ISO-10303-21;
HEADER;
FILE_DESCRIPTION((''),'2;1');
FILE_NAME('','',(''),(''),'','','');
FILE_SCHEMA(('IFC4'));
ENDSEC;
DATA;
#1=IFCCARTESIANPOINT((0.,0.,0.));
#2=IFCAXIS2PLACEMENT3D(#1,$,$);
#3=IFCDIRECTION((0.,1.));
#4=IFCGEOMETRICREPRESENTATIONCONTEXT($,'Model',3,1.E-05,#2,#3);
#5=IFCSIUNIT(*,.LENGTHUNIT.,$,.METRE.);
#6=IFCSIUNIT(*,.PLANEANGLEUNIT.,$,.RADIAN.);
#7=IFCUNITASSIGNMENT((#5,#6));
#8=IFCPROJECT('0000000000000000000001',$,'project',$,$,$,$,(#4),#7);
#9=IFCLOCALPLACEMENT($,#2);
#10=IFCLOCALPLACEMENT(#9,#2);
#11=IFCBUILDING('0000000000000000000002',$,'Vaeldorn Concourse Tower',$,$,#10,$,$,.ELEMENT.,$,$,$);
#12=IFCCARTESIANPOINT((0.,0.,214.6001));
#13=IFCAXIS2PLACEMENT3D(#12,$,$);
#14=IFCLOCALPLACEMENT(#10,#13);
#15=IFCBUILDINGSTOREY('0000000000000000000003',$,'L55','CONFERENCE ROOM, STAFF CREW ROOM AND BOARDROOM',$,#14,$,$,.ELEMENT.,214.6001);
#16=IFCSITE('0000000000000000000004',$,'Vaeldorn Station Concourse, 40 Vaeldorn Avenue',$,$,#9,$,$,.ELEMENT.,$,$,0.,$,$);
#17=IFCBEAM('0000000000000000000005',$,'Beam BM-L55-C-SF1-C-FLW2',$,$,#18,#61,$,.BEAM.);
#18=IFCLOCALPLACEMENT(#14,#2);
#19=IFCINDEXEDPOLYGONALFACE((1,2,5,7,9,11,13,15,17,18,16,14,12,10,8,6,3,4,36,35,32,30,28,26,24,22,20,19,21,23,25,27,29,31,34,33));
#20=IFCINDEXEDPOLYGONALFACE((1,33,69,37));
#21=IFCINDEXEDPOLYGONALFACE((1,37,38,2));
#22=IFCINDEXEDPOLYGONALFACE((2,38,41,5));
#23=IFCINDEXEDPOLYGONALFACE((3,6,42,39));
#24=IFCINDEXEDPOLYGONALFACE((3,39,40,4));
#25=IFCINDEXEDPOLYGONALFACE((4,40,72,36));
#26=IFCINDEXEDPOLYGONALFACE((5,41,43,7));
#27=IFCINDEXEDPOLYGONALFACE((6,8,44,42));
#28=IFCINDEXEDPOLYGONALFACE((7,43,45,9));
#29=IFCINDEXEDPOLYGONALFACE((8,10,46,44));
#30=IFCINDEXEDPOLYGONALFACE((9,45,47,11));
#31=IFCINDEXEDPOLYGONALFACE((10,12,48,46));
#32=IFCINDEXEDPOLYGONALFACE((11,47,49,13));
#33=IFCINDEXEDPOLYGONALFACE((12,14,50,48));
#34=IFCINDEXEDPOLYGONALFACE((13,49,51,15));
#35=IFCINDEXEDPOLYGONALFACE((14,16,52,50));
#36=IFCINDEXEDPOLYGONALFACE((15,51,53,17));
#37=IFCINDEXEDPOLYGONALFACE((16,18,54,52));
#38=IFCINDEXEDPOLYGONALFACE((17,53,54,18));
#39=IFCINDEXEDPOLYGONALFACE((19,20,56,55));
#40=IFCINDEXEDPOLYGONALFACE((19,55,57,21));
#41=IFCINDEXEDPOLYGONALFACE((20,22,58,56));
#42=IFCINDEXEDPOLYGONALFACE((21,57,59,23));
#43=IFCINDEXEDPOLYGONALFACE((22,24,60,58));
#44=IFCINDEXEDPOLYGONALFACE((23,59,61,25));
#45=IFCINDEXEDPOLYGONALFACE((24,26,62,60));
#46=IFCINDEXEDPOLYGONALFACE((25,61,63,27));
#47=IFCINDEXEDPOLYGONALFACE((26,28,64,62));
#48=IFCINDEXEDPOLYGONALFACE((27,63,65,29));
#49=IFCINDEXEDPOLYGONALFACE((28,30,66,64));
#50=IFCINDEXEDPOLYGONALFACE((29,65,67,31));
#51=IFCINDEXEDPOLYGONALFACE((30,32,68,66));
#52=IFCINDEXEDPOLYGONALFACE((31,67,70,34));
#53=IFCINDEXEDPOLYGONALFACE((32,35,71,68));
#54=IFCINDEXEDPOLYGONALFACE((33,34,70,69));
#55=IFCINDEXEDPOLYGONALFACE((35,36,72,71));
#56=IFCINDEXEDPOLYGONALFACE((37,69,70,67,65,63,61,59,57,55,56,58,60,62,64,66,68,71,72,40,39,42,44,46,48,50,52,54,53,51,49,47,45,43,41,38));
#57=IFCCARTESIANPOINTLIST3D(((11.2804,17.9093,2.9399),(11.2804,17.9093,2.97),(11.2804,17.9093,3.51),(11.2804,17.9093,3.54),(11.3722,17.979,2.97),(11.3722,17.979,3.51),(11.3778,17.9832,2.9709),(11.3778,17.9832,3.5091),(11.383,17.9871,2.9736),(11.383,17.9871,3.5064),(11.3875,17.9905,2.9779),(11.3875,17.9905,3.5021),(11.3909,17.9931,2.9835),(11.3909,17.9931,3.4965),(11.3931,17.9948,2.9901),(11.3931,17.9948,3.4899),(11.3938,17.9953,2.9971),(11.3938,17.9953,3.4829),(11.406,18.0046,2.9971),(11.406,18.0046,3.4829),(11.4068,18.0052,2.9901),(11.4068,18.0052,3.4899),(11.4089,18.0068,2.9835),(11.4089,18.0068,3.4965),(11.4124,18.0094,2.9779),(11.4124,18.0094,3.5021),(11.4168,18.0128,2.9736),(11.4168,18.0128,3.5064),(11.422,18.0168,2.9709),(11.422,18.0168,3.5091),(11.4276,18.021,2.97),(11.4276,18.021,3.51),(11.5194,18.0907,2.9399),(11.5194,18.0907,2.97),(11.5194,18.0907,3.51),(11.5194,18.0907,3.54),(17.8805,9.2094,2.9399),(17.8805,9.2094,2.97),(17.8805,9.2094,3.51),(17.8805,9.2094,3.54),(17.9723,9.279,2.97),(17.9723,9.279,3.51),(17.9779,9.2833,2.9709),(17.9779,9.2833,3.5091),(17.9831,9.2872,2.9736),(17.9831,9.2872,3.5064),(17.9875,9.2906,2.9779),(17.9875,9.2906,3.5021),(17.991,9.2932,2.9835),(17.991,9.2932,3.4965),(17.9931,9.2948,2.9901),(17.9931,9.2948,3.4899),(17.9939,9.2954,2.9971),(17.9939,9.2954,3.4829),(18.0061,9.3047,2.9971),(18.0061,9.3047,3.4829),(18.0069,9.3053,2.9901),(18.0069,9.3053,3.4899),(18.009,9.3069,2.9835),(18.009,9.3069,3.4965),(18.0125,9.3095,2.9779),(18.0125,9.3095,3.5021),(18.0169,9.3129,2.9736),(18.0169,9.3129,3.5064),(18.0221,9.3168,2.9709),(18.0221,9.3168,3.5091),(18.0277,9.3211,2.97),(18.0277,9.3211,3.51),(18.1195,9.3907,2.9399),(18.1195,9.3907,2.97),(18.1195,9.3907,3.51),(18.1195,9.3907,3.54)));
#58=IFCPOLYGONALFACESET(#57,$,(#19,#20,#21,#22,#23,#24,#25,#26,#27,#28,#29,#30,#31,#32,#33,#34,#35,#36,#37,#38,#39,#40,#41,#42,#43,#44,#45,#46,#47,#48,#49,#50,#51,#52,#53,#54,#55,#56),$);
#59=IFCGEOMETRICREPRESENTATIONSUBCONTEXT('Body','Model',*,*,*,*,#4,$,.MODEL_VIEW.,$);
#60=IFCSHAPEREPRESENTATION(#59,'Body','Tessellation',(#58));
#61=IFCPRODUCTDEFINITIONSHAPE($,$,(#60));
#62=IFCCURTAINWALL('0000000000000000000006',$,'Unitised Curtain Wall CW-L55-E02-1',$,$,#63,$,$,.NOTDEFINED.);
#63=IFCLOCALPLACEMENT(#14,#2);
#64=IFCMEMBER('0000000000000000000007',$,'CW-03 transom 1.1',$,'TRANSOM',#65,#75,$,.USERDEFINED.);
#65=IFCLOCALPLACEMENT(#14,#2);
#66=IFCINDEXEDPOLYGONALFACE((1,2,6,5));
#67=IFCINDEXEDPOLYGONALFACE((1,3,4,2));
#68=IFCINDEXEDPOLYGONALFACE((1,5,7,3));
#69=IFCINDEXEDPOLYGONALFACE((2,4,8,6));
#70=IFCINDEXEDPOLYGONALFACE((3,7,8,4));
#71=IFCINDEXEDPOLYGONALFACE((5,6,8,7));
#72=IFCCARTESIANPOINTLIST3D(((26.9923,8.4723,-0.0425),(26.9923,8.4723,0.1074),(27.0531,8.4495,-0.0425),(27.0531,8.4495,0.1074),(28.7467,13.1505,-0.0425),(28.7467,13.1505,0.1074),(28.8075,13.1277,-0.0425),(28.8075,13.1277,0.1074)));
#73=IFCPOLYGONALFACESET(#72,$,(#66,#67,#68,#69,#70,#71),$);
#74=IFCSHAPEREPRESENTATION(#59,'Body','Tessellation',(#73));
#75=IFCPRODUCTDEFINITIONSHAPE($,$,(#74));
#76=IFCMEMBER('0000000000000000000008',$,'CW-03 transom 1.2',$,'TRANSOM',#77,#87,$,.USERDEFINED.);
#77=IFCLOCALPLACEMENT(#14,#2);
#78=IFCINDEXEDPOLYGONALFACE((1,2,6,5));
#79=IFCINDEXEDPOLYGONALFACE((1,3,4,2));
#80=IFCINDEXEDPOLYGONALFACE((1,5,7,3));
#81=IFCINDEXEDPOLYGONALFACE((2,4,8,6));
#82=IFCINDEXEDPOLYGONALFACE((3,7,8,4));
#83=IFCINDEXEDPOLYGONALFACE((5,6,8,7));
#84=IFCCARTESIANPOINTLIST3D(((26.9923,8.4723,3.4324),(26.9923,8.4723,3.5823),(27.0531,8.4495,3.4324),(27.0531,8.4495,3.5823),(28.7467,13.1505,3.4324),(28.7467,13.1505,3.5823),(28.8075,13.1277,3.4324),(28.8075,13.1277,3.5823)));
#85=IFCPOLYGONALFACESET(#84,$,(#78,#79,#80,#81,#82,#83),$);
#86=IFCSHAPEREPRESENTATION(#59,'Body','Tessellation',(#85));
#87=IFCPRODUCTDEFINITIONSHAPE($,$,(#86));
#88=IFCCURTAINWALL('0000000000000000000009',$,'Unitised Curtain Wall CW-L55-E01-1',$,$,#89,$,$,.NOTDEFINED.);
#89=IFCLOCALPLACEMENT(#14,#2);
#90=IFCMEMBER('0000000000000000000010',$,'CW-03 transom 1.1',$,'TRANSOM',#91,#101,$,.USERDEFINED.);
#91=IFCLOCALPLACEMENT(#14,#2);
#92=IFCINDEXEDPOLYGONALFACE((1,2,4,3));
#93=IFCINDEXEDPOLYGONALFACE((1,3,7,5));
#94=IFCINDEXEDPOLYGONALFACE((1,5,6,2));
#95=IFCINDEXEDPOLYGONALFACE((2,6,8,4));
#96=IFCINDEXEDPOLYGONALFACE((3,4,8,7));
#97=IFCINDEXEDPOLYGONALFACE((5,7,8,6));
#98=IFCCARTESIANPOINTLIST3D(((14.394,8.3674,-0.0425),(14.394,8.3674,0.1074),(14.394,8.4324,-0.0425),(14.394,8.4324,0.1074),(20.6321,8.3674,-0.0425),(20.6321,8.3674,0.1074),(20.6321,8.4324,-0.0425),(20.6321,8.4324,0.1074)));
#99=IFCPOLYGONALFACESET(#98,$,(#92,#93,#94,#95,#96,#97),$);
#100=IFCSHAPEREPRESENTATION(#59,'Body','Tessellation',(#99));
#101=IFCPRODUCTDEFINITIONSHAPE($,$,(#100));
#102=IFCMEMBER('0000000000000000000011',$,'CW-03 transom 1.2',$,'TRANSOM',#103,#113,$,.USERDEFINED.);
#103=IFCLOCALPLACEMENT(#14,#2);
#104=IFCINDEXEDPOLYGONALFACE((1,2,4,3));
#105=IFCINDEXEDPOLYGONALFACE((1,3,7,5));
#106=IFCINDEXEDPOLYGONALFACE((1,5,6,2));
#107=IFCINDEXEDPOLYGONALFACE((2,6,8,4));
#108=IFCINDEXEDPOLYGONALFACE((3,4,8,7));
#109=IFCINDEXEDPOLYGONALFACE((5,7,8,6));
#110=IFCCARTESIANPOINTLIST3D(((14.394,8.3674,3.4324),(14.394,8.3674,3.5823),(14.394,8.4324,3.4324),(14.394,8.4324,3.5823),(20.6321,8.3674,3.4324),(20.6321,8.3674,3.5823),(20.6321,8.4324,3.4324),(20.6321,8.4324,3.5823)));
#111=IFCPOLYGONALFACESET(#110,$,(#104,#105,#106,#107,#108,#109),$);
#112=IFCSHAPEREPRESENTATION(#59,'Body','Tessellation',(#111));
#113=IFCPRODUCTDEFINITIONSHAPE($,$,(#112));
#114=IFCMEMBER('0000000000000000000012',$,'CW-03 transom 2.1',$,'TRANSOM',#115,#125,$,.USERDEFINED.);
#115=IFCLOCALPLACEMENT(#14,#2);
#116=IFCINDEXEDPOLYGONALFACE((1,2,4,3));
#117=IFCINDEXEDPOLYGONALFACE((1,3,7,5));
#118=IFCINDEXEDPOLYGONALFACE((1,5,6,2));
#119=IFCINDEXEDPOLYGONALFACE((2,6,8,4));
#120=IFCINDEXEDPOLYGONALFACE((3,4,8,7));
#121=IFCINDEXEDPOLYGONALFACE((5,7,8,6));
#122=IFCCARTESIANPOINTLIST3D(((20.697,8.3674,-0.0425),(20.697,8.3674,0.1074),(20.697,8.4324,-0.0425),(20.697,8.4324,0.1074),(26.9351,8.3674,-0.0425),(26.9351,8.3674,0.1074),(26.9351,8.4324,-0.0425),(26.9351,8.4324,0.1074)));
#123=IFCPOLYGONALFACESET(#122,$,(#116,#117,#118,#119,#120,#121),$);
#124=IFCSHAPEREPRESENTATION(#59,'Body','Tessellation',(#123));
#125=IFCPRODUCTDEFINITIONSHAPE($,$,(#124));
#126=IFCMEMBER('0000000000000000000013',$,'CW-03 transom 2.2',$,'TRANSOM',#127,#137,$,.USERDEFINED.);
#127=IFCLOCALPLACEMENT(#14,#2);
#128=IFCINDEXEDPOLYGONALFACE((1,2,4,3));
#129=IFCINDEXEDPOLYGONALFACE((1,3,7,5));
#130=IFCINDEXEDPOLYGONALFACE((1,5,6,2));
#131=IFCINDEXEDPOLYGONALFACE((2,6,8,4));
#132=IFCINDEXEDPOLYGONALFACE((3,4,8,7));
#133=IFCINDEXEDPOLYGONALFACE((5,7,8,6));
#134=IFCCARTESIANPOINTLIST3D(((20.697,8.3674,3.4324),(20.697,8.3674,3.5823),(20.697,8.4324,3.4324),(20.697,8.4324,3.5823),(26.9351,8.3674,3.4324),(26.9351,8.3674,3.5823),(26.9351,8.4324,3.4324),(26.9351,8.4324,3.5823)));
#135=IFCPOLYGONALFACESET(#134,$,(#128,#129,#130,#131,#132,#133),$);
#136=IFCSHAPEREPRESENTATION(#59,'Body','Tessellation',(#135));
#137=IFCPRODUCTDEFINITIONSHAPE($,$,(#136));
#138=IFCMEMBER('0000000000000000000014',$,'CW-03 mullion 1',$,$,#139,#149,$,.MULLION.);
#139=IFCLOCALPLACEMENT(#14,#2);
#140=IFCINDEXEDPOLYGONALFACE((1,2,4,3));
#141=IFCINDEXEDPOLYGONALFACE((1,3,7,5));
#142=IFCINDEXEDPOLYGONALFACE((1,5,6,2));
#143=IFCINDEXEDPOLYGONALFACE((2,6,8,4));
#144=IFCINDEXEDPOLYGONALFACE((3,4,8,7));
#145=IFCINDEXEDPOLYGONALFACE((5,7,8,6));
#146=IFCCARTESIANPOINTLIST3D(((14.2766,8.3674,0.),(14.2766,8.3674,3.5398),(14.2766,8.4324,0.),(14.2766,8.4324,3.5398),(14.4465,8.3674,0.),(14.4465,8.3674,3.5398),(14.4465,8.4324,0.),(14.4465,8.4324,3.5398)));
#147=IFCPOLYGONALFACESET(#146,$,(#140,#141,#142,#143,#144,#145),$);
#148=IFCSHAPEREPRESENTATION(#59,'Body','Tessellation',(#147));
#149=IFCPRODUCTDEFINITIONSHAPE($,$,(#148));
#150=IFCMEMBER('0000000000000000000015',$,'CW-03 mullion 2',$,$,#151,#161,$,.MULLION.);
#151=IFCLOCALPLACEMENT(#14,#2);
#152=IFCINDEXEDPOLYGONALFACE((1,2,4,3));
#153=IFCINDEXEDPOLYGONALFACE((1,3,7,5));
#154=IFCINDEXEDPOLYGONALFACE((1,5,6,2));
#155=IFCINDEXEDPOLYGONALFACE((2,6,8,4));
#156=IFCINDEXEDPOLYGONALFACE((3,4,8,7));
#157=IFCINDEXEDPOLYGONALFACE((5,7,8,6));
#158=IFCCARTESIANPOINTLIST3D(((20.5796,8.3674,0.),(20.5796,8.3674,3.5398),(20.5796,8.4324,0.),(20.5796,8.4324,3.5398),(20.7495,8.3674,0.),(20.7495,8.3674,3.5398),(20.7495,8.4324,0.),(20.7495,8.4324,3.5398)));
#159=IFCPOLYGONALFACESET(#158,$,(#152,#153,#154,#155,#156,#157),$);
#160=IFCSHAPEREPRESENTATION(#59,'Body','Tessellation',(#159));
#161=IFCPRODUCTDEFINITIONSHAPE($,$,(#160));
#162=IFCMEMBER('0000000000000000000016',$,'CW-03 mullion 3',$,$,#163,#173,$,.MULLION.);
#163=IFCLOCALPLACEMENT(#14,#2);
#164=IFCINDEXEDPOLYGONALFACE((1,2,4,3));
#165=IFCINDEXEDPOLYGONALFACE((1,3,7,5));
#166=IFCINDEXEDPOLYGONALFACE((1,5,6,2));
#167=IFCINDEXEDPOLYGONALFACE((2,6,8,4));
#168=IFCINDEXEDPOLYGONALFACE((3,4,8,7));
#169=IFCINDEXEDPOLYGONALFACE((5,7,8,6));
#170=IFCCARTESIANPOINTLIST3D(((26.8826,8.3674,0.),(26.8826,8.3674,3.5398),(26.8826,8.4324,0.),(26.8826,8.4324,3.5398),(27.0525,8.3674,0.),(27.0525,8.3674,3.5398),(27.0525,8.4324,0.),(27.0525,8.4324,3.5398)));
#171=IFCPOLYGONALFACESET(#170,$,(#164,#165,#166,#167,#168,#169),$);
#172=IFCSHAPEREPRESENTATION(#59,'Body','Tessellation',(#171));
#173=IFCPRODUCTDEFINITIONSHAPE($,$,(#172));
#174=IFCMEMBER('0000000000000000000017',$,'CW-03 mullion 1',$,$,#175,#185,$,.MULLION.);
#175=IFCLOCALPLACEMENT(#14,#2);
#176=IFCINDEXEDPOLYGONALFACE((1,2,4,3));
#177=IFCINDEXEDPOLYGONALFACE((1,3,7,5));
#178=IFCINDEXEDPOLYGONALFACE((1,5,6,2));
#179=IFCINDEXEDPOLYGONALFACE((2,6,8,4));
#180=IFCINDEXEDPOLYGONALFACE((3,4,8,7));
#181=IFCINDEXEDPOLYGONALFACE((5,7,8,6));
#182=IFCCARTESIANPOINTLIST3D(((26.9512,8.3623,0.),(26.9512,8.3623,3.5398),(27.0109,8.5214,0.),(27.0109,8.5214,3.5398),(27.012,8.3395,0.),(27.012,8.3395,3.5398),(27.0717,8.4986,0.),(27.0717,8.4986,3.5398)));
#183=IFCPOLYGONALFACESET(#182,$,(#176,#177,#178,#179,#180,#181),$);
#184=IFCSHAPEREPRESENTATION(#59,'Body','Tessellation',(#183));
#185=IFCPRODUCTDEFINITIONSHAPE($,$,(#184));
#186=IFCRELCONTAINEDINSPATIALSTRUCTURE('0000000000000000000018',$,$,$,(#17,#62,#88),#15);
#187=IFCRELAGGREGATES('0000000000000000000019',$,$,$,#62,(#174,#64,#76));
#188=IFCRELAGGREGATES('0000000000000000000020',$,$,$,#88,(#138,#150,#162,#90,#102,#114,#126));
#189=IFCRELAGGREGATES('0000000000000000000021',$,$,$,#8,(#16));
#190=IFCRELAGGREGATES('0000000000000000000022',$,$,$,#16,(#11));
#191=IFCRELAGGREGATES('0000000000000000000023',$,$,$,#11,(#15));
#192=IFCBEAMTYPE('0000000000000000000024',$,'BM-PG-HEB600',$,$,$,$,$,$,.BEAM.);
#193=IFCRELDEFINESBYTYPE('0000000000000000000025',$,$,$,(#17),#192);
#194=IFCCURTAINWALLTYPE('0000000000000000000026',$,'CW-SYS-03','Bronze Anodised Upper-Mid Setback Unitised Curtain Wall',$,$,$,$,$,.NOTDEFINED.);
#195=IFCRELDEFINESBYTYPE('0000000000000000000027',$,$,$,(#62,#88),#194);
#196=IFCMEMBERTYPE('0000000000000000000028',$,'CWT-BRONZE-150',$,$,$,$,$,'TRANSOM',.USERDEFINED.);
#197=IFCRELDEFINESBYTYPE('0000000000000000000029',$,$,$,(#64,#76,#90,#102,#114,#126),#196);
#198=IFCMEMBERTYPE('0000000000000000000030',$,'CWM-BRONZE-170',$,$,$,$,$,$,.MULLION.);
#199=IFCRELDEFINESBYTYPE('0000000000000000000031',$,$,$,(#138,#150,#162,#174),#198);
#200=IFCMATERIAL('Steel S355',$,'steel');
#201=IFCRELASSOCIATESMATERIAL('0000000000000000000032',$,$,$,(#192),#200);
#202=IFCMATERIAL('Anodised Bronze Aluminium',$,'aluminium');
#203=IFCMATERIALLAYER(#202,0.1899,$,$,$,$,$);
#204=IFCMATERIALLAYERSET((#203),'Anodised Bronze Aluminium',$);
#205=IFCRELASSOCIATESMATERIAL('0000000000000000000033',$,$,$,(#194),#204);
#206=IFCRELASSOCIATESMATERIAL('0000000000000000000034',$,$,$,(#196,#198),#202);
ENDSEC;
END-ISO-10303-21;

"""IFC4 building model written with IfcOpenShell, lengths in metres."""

from ifc_helpers import new_model, si_unit, direction, frame, origin, origin_2d, place, context, subcontext, project, spatial, rectangle, i_section, extrude, source, transform, mapped, material, layer, layer_set, material_profile, profile_set, type_object, element, aggregate, save


model = new_model("IFC4")

# Units and contexts
model_context = context("Model", 3, precision=1e-05, world=origin(), true_north=direction((0.0, 1.0)))
body_context = subcontext(model_context, "Body", "Model", "MODEL_VIEW")
ifc_project = project(units=[si_unit("LENGTHUNIT", "METRE"), si_unit("PLANEANGLEUNIT", "RADIAN")], contexts=[model_context])

# Site, building, storey
site_placement = place(None, origin())
site = spatial("IfcSite", under=ifc_project, at=site_placement, Name="Vaeldorn Station Concourse, 40 Vaeldorn Avenue", CompositionType="ELEMENT", RefElevation=0.0)
building_placement = place(site_placement, origin())
building = spatial("IfcBuilding", under=site, at=building_placement, Name="Vaeldorn Concourse Tower", CompositionType="ELEMENT")
storey_placement = place(building_placement, frame((0.0, 0.0, 214.6001)))
storey = spatial("IfcBuildingStorey", under=building, at=storey_placement, Name="L55", Description="CONFERENCE ROOM, STAFF CREW ROOM AND BOARDROOM", CompositionType="ELEMENT", Elevation=214.6001)

# Shared definitions
ifc_material_1 = material(Name="Steel S355", Category="steel")

# Beam
ifc_material_profile_1 = material_profile(ifc_material_1, i_section(OverallWidth=0.3, OverallDepth=0.6001, WebThickness=0.0154, FlangeThickness=0.03, FilletRadius=0.0271, at=origin_2d()), Name="HEB 600")
ifc_profile_set_1 = profile_set([ifc_material_profile_1], Name="Steel S355")
beam_type_1 = type_object("IfcBeamType", Name="BM-PG-HEB600", PredefinedType="BEAM", material=ifc_profile_set_1)
shared_shape_1 = source(origin(), body_context, "Body", "SweptSolid", [
    extrude(i_section(OverallWidth=0.3, OverallDepth=0.6001, WebThickness=0.0154, FlangeThickness=0.03, FilletRadius=0.0271, at=origin_2d()), origin(), (0.0, 0.0, 1.0), 10.9202),
])
beam_1_placement = place(storey_placement, frame((18.0, 9.3, 3.24), z_axis=(-0.604394, 0.796685, 0.0), x_axis=(-0.796685, -0.604394, 0.0)))
element("IfcBeam", 1, at=beam_1_placement, inside=storey, type_object=beam_type_1, Name="Beam BM-L55-C-SF1-C-FLW2", PredefinedType="BEAM", context=body_context, shape_type="MappedRepresentation", body=[
    mapped(shared_shape_1, transform((0.0, 0.0, 0.0), scale=1.0)),
])

# Curtain walls, members
ifc_material_2 = material(Name="Anodised Bronze Aluminium", Category="aluminium")
ifc_layer_1 = layer(ifc_material_2, 0.1899)
ifc_layer_set_1 = layer_set([ifc_layer_1], Name="Anodised Bronze Aluminium")
curtain_wall_type = type_object("IfcCurtainWallType", Name="CW-SYS-03", Description="Bronze Anodised Upper-Mid Setback Unitised Curtain Wall", PredefinedType="NOTDEFINED", material=ifc_layer_set_1)
curtain_wall_1_placement = place(storey_placement, origin())
curtain_wall_1 = element("IfcCurtainWall", 2, at=curtain_wall_1_placement, inside=storey, type_object=curtain_wall_type, Name="Unitised Curtain Wall CW-L55-E02-1", PredefinedType="NOTDEFINED")
ifc_material_profile_2 = material_profile(ifc_material_2, rectangle(XDim=0.0649, YDim=0.1499, at=origin_2d()), Name="CWT 65x150")
ifc_profile_set_2 = profile_set([ifc_material_profile_2], Name="Anodised Bronze Aluminium")
member_type_1 = type_object("IfcMemberType", Name="CWT-BRONZE-150", ElementType="TRANSOM", PredefinedType="USERDEFINED", material=ifc_profile_set_2)
shared_shape_2 = source(origin(), body_context, "Body", "SweptSolid", [
    extrude(rectangle(XDim=0.0649, YDim=0.1499, at=origin_2d()), origin(), (0.0, 0.0, 1.0), 4.9963),
])
member_1_placement = place(storey_placement, frame((27.0227, 8.4609, 0.0325), z_axis=(0.351134, 0.936325, 0.0), x_axis=(-0.936325, 0.351134, 0.0)))
member_1 = element("IfcMember", 3, at=member_1_placement, type_object=member_type_1, Name="CW-03 transom 1.1", ObjectType="TRANSOM", PredefinedType="USERDEFINED", context=body_context, shape_type="MappedRepresentation", body=[
    mapped(shared_shape_2, transform((0.0, 0.0, 0.0), scale=1.0)),
])
member_2_placement = place(storey_placement, frame((27.0227, 8.4609, 3.5073), z_axis=(0.351134, 0.936325, 0.0), x_axis=(-0.936325, 0.351134, 0.0)))
member_2 = element("IfcMember", 4, at=member_2_placement, type_object=member_type_1, Name="CW-03 transom 1.2", ObjectType="TRANSOM", PredefinedType="USERDEFINED", context=body_context, shape_type="MappedRepresentation", body=[
    mapped(shared_shape_2, transform((0.0, 0.0, 0.0), scale=1.0)),
])
curtain_wall_2_placement = place(storey_placement, origin())
curtain_wall_2 = element("IfcCurtainWall", 5, at=curtain_wall_2_placement, inside=storey, type_object=curtain_wall_type, Name="Unitised Curtain Wall CW-L55-E01-1", PredefinedType="NOTDEFINED")
shared_shape_3 = source(origin(), body_context, "Body", "SweptSolid", [
    extrude(rectangle(XDim=0.0649, YDim=0.1499, at=origin_2d()), origin(), (0.0, 0.0, 1.0), 6.238),
])
member_3_placement = place(storey_placement, frame((14.394, 8.3999, 0.0325), z_axis=(1.0, 0.0, 0.0), x_axis=(0.0, 1.0, 0.0)))
member_3 = element("IfcMember", 6, at=member_3_placement, type_object=member_type_1, Name="CW-03 transom 1.1", ObjectType="TRANSOM", PredefinedType="USERDEFINED", context=body_context, shape_type="MappedRepresentation", body=[
    mapped(shared_shape_3, transform((0.0, 0.0, 0.0), scale=1.0)),
])
member_4_placement = place(storey_placement, frame((14.394, 8.3999, 3.5073), z_axis=(1.0, 0.0, 0.0), x_axis=(0.0, 1.0, 0.0)))
member_4 = element("IfcMember", 7, at=member_4_placement, type_object=member_type_1, Name="CW-03 transom 1.2", ObjectType="TRANSOM", PredefinedType="USERDEFINED", context=body_context, shape_type="MappedRepresentation", body=[
    mapped(shared_shape_3, transform((0.0, 0.0, 0.0), scale=1.0)),
])
member_5_placement = place(storey_placement, frame((20.697, 8.3999, 0.0325), z_axis=(1.0, 0.0, 0.0), x_axis=(0.0, 1.0, 0.0)))
member_5 = element("IfcMember", 8, at=member_5_placement, type_object=member_type_1, Name="CW-03 transom 2.1", ObjectType="TRANSOM", PredefinedType="USERDEFINED", context=body_context, shape_type="MappedRepresentation", body=[
    mapped(shared_shape_3, transform((0.0, 0.0, 0.0), scale=1.0)),
])
member_6_placement = place(storey_placement, frame((20.697, 8.3999, 3.5073), z_axis=(1.0, 0.0, 0.0), x_axis=(0.0, 1.0, 0.0)))
member_6 = element("IfcMember", 9, at=member_6_placement, type_object=member_type_1, Name="CW-03 transom 2.2", ObjectType="TRANSOM", PredefinedType="USERDEFINED", context=body_context, shape_type="MappedRepresentation", body=[
    mapped(shared_shape_3, transform((0.0, 0.0, 0.0), scale=1.0)),
])
ifc_material_profile_3 = material_profile(ifc_material_2, rectangle(XDim=0.0649, YDim=0.1699, at=origin_2d()), Name="CWM 65x170")
ifc_profile_set_3 = profile_set([ifc_material_profile_3], Name="Anodised Bronze Aluminium")
member_type_2 = type_object("IfcMemberType", Name="CWM-BRONZE-170", PredefinedType="MULLION", material=ifc_profile_set_3)
shared_shape_4 = source(origin(), body_context, "Body", "SweptSolid", [
    extrude(rectangle(XDim=0.0649, YDim=0.1699, at=origin_2d()), origin(), (0.0, 0.0, 1.0), 3.5398),
])
member_7_placement = place(storey_placement, frame((14.3616, 8.3999, 0.0), z_axis=(0.0, 0.0, 1.0), x_axis=(0.0, 1.0, 0.0)))
member_7 = element("IfcMember", 10, at=member_7_placement, type_object=member_type_2, Name="CW-03 mullion 1", PredefinedType="MULLION", context=body_context, shape_type="MappedRepresentation", body=[
    mapped(shared_shape_4, transform((0.0, 0.0, 0.0), scale=1.0)),
])
member_8_placement = place(storey_placement, frame((20.6646, 8.3999, 0.0), z_axis=(0.0, 0.0, 1.0), x_axis=(0.0, 1.0, 0.0)))
member_8 = element("IfcMember", 11, at=member_8_placement, type_object=member_type_2, Name="CW-03 mullion 2", PredefinedType="MULLION", context=body_context, shape_type="MappedRepresentation", body=[
    mapped(shared_shape_4, transform((0.0, 0.0, 0.0), scale=1.0)),
])
member_9_placement = place(storey_placement, frame((26.9675, 8.3999, 0.0), z_axis=(0.0, 0.0, 1.0), x_axis=(0.0, 1.0, 0.0)))
member_9 = element("IfcMember", 12, at=member_9_placement, type_object=member_type_2, Name="CW-03 mullion 3", PredefinedType="MULLION", context=body_context, shape_type="MappedRepresentation", body=[
    mapped(shared_shape_4, transform((0.0, 0.0, 0.0), scale=1.0)),
])

# Member
member_10_placement = place(storey_placement, frame((27.0115, 8.4304, 0.0), z_axis=(0.0, 0.0, 1.0), x_axis=(-0.936329, 0.351123, 0.0)))
member_10 = element("IfcMember", 13, at=member_10_placement, type_object=member_type_2, Name="CW-03 mullion 1", PredefinedType="MULLION", context=body_context, shape_type="MappedRepresentation", body=[
    mapped(shared_shape_4, transform((0.0, 0.0, 0.0), scale=1.0)),
])
aggregate(curtain_wall_1, [member_10, member_1, member_2])

aggregate(curtain_wall_2, [member_7, member_8, member_9, member_3, member_4, member_5, member_6])

save(model, "model.ifc")
